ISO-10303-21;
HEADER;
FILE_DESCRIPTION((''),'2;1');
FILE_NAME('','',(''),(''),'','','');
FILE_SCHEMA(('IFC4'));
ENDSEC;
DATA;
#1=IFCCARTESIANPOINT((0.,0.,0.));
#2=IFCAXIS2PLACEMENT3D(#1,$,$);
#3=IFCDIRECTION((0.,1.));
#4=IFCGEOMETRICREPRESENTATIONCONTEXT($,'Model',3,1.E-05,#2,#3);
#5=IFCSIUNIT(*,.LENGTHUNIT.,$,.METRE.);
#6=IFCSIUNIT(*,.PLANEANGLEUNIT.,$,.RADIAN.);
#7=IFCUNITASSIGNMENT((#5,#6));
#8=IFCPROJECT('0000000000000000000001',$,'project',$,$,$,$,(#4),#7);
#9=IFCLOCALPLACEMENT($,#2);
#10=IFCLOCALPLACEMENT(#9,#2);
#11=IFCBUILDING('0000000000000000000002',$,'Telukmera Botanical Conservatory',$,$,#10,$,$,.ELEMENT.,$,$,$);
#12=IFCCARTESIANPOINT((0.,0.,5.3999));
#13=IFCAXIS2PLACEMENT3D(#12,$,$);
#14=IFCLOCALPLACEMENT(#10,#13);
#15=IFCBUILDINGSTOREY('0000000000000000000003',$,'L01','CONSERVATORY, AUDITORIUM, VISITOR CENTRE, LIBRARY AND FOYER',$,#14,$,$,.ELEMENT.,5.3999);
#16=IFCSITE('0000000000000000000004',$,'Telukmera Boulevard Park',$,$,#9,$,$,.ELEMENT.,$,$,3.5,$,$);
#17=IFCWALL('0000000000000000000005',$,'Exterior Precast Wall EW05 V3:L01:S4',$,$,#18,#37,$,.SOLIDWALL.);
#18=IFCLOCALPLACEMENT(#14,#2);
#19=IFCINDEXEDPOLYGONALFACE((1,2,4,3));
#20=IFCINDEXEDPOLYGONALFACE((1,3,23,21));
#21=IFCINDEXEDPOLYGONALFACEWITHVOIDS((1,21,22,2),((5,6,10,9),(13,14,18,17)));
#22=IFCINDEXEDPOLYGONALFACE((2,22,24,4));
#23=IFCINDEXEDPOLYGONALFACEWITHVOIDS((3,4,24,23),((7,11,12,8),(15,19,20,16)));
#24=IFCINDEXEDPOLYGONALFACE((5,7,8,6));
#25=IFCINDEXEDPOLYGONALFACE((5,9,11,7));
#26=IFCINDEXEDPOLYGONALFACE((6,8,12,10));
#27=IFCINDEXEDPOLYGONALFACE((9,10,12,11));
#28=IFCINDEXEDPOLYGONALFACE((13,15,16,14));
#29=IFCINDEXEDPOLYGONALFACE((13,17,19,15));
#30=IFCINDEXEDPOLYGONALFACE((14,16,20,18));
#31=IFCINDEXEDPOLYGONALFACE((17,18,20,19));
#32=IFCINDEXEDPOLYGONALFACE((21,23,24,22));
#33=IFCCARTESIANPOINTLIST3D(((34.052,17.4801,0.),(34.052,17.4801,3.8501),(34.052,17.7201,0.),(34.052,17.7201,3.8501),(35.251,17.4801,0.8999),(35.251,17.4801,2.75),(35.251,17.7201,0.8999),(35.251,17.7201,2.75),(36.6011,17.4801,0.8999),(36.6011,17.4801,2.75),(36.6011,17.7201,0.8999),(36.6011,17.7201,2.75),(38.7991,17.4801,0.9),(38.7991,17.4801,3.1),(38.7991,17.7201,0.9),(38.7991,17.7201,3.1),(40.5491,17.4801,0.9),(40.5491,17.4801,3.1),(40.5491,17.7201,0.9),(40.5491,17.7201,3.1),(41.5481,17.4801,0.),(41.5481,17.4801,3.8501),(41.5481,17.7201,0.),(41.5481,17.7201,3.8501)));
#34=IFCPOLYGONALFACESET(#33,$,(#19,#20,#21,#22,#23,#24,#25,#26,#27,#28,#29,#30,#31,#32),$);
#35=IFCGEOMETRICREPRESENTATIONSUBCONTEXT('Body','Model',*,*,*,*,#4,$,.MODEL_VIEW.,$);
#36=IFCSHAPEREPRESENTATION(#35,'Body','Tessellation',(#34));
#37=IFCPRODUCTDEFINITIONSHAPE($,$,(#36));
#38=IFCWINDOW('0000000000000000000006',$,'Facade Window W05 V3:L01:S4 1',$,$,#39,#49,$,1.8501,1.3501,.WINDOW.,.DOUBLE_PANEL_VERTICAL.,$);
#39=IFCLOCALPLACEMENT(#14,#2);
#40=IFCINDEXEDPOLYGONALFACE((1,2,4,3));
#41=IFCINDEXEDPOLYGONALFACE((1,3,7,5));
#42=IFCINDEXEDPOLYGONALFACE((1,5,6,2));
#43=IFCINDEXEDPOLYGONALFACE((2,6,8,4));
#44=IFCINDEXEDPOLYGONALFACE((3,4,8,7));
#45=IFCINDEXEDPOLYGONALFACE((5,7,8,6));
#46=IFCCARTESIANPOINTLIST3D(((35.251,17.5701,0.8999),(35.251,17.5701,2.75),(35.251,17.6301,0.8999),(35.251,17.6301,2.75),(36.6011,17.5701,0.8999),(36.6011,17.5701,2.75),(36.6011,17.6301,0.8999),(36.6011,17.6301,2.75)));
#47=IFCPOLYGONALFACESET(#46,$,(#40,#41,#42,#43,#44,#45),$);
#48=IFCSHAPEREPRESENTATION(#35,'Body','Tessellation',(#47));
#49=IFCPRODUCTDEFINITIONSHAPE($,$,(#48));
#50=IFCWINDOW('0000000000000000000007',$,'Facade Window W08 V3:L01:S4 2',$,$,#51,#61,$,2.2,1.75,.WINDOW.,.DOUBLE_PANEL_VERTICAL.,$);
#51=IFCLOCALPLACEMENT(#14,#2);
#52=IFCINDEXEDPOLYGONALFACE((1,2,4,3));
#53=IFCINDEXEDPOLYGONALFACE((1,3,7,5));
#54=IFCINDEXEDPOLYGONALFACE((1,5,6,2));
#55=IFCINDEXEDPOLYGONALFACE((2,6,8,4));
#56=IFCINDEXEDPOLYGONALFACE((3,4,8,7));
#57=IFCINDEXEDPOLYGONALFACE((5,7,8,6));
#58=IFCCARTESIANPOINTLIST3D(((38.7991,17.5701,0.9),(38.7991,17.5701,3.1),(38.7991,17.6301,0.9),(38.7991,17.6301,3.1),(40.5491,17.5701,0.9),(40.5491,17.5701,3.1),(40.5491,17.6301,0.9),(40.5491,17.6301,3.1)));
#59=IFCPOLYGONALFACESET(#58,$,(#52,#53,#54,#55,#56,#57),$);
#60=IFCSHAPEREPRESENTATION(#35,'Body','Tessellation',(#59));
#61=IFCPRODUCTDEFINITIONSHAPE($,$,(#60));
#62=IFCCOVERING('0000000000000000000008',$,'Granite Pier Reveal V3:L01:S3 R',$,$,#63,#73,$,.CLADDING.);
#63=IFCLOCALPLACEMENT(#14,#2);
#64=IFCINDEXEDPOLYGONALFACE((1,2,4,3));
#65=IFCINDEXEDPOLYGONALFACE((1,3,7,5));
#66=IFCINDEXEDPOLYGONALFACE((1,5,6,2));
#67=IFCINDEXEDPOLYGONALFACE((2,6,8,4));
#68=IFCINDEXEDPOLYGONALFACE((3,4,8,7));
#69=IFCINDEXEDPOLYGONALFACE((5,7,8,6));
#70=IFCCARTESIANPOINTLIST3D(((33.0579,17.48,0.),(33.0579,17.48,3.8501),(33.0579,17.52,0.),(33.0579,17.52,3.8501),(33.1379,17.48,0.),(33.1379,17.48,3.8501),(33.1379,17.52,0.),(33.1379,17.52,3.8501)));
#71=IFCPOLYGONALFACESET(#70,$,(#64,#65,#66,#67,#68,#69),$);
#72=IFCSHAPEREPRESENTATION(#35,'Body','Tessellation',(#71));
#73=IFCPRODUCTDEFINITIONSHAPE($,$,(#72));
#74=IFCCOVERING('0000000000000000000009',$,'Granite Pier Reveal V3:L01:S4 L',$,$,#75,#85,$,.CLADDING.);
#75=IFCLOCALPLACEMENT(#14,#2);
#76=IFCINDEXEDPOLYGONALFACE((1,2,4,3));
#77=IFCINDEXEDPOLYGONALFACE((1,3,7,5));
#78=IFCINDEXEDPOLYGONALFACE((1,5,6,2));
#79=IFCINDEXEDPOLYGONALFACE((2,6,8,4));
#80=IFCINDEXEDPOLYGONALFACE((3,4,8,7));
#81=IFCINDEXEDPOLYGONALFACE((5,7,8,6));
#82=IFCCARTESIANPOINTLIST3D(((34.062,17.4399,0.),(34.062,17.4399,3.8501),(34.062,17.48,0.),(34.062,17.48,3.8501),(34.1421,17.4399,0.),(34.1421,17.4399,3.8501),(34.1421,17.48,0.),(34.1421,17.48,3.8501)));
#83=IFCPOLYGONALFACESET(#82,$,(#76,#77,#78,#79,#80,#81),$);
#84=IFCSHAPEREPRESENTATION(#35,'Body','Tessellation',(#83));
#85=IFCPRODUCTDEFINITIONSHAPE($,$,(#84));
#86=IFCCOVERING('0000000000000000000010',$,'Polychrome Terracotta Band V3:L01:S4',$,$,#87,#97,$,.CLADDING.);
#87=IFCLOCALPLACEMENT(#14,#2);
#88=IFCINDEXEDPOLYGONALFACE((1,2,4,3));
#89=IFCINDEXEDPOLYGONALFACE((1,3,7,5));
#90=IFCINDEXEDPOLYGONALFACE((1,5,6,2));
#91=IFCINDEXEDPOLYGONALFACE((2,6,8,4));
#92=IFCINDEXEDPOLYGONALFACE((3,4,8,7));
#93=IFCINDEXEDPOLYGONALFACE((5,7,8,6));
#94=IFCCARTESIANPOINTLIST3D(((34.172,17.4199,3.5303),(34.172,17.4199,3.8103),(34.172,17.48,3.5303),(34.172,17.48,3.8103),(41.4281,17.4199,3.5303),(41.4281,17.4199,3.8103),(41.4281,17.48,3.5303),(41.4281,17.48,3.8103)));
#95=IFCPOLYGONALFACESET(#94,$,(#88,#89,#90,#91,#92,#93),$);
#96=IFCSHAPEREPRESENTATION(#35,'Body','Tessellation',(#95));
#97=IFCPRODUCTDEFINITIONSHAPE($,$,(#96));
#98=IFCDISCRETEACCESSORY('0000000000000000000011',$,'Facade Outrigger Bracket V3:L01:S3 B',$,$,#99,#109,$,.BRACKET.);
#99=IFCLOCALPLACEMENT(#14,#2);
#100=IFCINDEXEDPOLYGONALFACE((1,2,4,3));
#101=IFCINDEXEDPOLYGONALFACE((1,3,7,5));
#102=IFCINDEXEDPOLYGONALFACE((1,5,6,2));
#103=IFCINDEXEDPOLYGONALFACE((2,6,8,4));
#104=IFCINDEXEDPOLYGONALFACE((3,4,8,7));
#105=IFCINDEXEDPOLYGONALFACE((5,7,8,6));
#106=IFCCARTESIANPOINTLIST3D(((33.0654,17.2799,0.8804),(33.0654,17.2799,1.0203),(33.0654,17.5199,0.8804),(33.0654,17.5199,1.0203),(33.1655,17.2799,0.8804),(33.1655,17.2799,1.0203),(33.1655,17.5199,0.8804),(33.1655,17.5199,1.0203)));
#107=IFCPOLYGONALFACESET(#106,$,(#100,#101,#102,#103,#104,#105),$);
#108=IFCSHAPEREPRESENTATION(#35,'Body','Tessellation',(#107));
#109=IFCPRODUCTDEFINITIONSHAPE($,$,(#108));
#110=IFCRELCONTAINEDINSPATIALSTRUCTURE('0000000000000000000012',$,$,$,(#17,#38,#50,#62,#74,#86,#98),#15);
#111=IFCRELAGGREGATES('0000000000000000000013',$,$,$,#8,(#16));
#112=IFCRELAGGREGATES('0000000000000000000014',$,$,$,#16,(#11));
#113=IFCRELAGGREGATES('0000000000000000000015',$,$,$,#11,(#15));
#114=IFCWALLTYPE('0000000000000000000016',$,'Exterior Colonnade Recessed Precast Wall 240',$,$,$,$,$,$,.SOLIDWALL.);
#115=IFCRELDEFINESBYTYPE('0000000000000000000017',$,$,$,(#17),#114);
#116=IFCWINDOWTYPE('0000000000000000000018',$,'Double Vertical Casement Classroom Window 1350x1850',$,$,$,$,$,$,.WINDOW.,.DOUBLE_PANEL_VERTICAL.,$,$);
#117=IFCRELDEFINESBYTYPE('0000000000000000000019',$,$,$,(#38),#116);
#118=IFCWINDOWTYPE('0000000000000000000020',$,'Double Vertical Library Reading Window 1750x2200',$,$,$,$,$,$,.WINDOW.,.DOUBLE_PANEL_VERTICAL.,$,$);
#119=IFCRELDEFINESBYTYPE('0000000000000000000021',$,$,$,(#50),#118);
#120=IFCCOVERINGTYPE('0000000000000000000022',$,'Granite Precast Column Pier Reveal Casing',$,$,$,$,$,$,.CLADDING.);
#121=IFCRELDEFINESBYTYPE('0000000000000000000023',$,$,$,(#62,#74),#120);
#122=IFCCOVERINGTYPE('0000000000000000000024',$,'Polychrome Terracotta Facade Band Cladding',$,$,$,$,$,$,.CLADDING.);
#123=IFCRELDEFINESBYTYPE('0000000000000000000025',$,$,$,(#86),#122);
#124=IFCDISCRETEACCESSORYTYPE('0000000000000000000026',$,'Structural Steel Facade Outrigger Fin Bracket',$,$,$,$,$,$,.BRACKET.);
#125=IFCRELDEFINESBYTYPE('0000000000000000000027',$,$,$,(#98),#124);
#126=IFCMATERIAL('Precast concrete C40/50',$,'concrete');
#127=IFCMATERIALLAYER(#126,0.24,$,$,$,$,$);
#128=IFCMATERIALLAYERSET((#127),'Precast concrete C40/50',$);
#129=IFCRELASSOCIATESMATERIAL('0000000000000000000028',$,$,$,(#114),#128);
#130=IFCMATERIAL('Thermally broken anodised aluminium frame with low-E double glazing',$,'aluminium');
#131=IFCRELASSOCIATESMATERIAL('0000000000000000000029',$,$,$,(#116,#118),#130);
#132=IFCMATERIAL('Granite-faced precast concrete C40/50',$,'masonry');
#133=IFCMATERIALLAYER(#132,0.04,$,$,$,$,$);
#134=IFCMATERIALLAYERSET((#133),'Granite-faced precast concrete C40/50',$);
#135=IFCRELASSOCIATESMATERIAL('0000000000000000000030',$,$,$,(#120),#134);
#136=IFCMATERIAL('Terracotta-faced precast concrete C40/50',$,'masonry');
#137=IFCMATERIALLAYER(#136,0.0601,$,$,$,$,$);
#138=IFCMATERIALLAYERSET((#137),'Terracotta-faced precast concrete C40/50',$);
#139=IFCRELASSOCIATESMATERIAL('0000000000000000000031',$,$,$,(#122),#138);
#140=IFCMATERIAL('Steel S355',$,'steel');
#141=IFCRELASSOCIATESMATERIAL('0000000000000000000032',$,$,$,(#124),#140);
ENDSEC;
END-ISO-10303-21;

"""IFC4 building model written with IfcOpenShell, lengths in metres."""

from ifc_helpers import new_model, si_unit, direction, frame, frame_2d, origin, origin_2d, place, context, subcontext, project, spatial, rectangle, extrude, material, layer, layer_set, type_object, element, fill, save


model = new_model("IFC4")

# Units and contexts
model_context = context("Model", 3, precision=1e-05, world=origin(), true_north=direction((0.0, 1.0)))
body_context = subcontext(model_context, "Body", "Model", "MODEL_VIEW")
ifc_project = project(units=[si_unit("LENGTHUNIT", "METRE"), si_unit("PLANEANGLEUNIT", "RADIAN")], contexts=[model_context])

# Site, building, storey
site_placement = place(None, origin())
site = spatial("IfcSite", under=ifc_project, at=site_placement, Name="Telukmera Boulevard Park", CompositionType="ELEMENT", RefElevation=3.5)
building_placement = place(site_placement, origin())
building = spatial("IfcBuilding", under=site, at=building_placement, Name="Telukmera Botanical Conservatory", CompositionType="ELEMENT")
storey_placement = place(building_placement, frame((0.0, 0.0, 5.3999)))
storey = spatial("IfcBuildingStorey", under=building, at=storey_placement, Name="L01", Description="CONSERVATORY, AUDITORIUM, VISITOR CENTRE, LIBRARY AND FOYER", CompositionType="ELEMENT", Elevation=5.3999)

# Shared definitions
ifc_material_1 = material(Name="Steel S355", Category="steel")

# Wall, openings, windows
ifc_material_2 = material(Name="Precast concrete C40/50", Category="concrete")
ifc_layer_1 = layer(ifc_material_2, 0.24)
ifc_layer_set_1 = layer_set([ifc_layer_1], Name="Precast concrete C40/50")
wall_type = type_object("IfcWallType", Name="Exterior Colonnade Recessed Precast Wall 240", PredefinedType="SOLIDWALL", material=ifc_layer_set_1)
wall_placement = place(storey_placement, frame((34.052, 17.6001, 0.0), z_axis=(0.0, 0.0, 1.0), x_axis=(1.0, 0.0, 0.0)))
wall = element("IfcWall", 1, at=wall_placement, inside=storey, type_object=wall_type, Name="Exterior Precast Wall EW05 V3:L01:S4", PredefinedType="SOLIDWALL", context=body_context, shape_type="SweptSolid", body=[
    extrude(rectangle(XDim=7.4961, YDim=0.24, at=frame_2d((3.748, 0.0))), origin(), (0.0, 0.0, 1.0), 3.8501),
])
opening_1_placement = place(wall_placement, frame((1.199, 0.0, 0.8999)))
opening_1 = element("IfcOpeningElement", 2, at=opening_1_placement, cuts=wall, PredefinedType="OPENING", context=body_context, shape_type="SweptSolid", body=[
    extrude(rectangle(XDim=1.3501, YDim=1.8501, at=frame_2d((0.675, 0.925))), frame((0.0, 0.1299, 0.0), z_axis=(0.0, -1.0, 0.0), x_axis=(1.0, 0.0, 0.0)), (0.0, 0.0, 1.0), 0.26),
])
opening_2_placement = place(wall_placement, frame((4.7471, 0.0, 0.8999)))
opening_2 = element("IfcOpeningElement", 3, at=opening_2_placement, cuts=wall, PredefinedType="OPENING", context=body_context, shape_type="SweptSolid", body=[
    extrude(rectangle(XDim=1.75, YDim=2.2, at=frame_2d((0.875, 1.1001))), frame((0.0, 0.1299, 0.0), z_axis=(0.0, -1.0, 0.0), x_axis=(1.0, 0.0, 0.0)), (0.0, 0.0, 1.0), 0.26),
])
ifc_material_3 = material(Name="Thermally broken anodised aluminium frame with low-E double glazing", Category="aluminium")
window_type_1 = type_object("IfcWindowType", Name="Double Vertical Casement Classroom Window 1350x1850", PartitioningType="DOUBLE_PANEL_VERTICAL", PredefinedType="WINDOW", material=ifc_material_3)
window_1_placement = place(opening_1_placement, origin())
window_1 = element("IfcWindow", 4, at=window_1_placement, inside=storey, type_object=window_type_1, Name="Facade Window W05 V3:L01:S4 1", OverallHeight=1.8501, OverallWidth=1.3501, PartitioningType="DOUBLE_PANEL_VERTICAL", PredefinedType="WINDOW", context=body_context, shape_type="SweptSolid", body=[
    extrude(rectangle(XDim=1.3501, YDim=1.8501, at=frame_2d((0.675, 0.925))), frame((0.0, 0.03, 0.0), z_axis=(0.0, -1.0, 0.0), x_axis=(1.0, 0.0, 0.0)), (0.0, 0.0, 1.0), 0.0601),
])
fill(opening_1, window_1)
window_type_2 = type_object("IfcWindowType", Name="Double Vertical Library Reading Window 1750x2200", PartitioningType="DOUBLE_PANEL_VERTICAL", PredefinedType="WINDOW", material=ifc_material_3)
window_2_placement = place(opening_2_placement, origin())
window_2 = element("IfcWindow", 5, at=window_2_placement, inside=storey, type_object=window_type_2, Name="Facade Window W08 V3:L01:S4 2", OverallHeight=2.2, OverallWidth=1.75, PartitioningType="DOUBLE_PANEL_VERTICAL", PredefinedType="WINDOW", context=body_context, shape_type="SweptSolid", body=[
    extrude(rectangle(XDim=1.75, YDim=2.2, at=frame_2d((0.875, 1.1001))), frame((0.0, 0.03, 0.0), z_axis=(0.0, -1.0, 0.0), x_axis=(1.0, 0.0, 0.0)), (0.0, 0.0, 1.0), 0.0601),
])
fill(opening_2, window_2)

# Coverings
ifc_material_4 = material(Name="Granite-faced precast concrete C40/50", Category="masonry")
ifc_layer_2 = layer(ifc_material_4, 0.04)
ifc_layer_set_2 = layer_set([ifc_layer_2], Name="Granite-faced precast concrete C40/50")
covering_type_1 = type_object("IfcCoveringType", Name="Granite Precast Column Pier Reveal Casing", PredefinedType="CLADDING", material=ifc_layer_set_2)
for number, where, z_axis, x_axis, name in (
    (6, (33.0979, 17.5, 0.0), (0.0, 0.0, 1.0), (1.0, 0.0, 0.0), "Granite Pier Reveal V3:L01:S3 R"),
    (7, (34.1021, 17.46, 0.0), (0.0, 0.0, 1.0), (1.0, 0.0, 0.0), "Granite Pier Reveal V3:L01:S4 L"),
):
    element("IfcCovering", number, at=place(storey_placement, frame(where, z_axis=z_axis, x_axis=x_axis)), inside=storey, type_object=covering_type_1, Name=name, PredefinedType="CLADDING", context=body_context, shape_type="SweptSolid", body=[
        extrude(rectangle(XDim=0.0801, YDim=0.04, at=origin_2d()), origin(), (0.0, 0.0, 1.0), 3.8501),
    ])
ifc_material_5 = material(Name="Terracotta-faced precast concrete C40/50", Category="masonry")
ifc_layer_3 = layer(ifc_material_5, 0.0601)
ifc_layer_set_3 = layer_set([ifc_layer_3], Name="Terracotta-faced precast concrete C40/50")
covering_type_2 = type_object("IfcCoveringType", Name="Polychrome Terracotta Facade Band Cladding", PredefinedType="CLADDING", material=ifc_layer_set_3)
covering_placement = place(storey_placement, frame((37.8, 17.45, 3.5303), z_axis=(0.0, 0.0, 1.0), x_axis=(1.0, 0.0, 0.0)))
element("IfcCovering", 8, at=covering_placement, inside=storey, type_object=covering_type_2, Name="Polychrome Terracotta Band V3:L01:S4", PredefinedType="CLADDING", context=body_context, shape_type="SweptSolid", body=[
    extrude(rectangle(XDim=7.2561, YDim=0.0601, at=origin_2d()), origin(), (0.0, 0.0, 1.0), 0.28),
])

# Discrete accessory
discrete_accessory_type = type_object("IfcDiscreteAccessoryType", Name="Structural Steel Facade Outrigger Fin Bracket", PredefinedType="BRACKET", material=ifc_material_1)
discrete_accessory_placement = place(storey_placement, frame((33.1155, 17.3999, 0.8804), z_axis=(0.0, 0.0, 1.0), x_axis=(1.0, 0.0, 0.0)))
element("IfcDiscreteAccessory", 9, at=discrete_accessory_placement, inside=storey, type_object=discrete_accessory_type, Name="Facade Outrigger Bracket V3:L01:S3 B", PredefinedType="BRACKET", context=body_context, shape_type="SweptSolid", body=[
    extrude(rectangle(XDim=0.1001, YDim=0.24, at=origin_2d()), origin(), (0.0, 0.0, 1.0), 0.1399),
])

save(model, "model.ifc")
